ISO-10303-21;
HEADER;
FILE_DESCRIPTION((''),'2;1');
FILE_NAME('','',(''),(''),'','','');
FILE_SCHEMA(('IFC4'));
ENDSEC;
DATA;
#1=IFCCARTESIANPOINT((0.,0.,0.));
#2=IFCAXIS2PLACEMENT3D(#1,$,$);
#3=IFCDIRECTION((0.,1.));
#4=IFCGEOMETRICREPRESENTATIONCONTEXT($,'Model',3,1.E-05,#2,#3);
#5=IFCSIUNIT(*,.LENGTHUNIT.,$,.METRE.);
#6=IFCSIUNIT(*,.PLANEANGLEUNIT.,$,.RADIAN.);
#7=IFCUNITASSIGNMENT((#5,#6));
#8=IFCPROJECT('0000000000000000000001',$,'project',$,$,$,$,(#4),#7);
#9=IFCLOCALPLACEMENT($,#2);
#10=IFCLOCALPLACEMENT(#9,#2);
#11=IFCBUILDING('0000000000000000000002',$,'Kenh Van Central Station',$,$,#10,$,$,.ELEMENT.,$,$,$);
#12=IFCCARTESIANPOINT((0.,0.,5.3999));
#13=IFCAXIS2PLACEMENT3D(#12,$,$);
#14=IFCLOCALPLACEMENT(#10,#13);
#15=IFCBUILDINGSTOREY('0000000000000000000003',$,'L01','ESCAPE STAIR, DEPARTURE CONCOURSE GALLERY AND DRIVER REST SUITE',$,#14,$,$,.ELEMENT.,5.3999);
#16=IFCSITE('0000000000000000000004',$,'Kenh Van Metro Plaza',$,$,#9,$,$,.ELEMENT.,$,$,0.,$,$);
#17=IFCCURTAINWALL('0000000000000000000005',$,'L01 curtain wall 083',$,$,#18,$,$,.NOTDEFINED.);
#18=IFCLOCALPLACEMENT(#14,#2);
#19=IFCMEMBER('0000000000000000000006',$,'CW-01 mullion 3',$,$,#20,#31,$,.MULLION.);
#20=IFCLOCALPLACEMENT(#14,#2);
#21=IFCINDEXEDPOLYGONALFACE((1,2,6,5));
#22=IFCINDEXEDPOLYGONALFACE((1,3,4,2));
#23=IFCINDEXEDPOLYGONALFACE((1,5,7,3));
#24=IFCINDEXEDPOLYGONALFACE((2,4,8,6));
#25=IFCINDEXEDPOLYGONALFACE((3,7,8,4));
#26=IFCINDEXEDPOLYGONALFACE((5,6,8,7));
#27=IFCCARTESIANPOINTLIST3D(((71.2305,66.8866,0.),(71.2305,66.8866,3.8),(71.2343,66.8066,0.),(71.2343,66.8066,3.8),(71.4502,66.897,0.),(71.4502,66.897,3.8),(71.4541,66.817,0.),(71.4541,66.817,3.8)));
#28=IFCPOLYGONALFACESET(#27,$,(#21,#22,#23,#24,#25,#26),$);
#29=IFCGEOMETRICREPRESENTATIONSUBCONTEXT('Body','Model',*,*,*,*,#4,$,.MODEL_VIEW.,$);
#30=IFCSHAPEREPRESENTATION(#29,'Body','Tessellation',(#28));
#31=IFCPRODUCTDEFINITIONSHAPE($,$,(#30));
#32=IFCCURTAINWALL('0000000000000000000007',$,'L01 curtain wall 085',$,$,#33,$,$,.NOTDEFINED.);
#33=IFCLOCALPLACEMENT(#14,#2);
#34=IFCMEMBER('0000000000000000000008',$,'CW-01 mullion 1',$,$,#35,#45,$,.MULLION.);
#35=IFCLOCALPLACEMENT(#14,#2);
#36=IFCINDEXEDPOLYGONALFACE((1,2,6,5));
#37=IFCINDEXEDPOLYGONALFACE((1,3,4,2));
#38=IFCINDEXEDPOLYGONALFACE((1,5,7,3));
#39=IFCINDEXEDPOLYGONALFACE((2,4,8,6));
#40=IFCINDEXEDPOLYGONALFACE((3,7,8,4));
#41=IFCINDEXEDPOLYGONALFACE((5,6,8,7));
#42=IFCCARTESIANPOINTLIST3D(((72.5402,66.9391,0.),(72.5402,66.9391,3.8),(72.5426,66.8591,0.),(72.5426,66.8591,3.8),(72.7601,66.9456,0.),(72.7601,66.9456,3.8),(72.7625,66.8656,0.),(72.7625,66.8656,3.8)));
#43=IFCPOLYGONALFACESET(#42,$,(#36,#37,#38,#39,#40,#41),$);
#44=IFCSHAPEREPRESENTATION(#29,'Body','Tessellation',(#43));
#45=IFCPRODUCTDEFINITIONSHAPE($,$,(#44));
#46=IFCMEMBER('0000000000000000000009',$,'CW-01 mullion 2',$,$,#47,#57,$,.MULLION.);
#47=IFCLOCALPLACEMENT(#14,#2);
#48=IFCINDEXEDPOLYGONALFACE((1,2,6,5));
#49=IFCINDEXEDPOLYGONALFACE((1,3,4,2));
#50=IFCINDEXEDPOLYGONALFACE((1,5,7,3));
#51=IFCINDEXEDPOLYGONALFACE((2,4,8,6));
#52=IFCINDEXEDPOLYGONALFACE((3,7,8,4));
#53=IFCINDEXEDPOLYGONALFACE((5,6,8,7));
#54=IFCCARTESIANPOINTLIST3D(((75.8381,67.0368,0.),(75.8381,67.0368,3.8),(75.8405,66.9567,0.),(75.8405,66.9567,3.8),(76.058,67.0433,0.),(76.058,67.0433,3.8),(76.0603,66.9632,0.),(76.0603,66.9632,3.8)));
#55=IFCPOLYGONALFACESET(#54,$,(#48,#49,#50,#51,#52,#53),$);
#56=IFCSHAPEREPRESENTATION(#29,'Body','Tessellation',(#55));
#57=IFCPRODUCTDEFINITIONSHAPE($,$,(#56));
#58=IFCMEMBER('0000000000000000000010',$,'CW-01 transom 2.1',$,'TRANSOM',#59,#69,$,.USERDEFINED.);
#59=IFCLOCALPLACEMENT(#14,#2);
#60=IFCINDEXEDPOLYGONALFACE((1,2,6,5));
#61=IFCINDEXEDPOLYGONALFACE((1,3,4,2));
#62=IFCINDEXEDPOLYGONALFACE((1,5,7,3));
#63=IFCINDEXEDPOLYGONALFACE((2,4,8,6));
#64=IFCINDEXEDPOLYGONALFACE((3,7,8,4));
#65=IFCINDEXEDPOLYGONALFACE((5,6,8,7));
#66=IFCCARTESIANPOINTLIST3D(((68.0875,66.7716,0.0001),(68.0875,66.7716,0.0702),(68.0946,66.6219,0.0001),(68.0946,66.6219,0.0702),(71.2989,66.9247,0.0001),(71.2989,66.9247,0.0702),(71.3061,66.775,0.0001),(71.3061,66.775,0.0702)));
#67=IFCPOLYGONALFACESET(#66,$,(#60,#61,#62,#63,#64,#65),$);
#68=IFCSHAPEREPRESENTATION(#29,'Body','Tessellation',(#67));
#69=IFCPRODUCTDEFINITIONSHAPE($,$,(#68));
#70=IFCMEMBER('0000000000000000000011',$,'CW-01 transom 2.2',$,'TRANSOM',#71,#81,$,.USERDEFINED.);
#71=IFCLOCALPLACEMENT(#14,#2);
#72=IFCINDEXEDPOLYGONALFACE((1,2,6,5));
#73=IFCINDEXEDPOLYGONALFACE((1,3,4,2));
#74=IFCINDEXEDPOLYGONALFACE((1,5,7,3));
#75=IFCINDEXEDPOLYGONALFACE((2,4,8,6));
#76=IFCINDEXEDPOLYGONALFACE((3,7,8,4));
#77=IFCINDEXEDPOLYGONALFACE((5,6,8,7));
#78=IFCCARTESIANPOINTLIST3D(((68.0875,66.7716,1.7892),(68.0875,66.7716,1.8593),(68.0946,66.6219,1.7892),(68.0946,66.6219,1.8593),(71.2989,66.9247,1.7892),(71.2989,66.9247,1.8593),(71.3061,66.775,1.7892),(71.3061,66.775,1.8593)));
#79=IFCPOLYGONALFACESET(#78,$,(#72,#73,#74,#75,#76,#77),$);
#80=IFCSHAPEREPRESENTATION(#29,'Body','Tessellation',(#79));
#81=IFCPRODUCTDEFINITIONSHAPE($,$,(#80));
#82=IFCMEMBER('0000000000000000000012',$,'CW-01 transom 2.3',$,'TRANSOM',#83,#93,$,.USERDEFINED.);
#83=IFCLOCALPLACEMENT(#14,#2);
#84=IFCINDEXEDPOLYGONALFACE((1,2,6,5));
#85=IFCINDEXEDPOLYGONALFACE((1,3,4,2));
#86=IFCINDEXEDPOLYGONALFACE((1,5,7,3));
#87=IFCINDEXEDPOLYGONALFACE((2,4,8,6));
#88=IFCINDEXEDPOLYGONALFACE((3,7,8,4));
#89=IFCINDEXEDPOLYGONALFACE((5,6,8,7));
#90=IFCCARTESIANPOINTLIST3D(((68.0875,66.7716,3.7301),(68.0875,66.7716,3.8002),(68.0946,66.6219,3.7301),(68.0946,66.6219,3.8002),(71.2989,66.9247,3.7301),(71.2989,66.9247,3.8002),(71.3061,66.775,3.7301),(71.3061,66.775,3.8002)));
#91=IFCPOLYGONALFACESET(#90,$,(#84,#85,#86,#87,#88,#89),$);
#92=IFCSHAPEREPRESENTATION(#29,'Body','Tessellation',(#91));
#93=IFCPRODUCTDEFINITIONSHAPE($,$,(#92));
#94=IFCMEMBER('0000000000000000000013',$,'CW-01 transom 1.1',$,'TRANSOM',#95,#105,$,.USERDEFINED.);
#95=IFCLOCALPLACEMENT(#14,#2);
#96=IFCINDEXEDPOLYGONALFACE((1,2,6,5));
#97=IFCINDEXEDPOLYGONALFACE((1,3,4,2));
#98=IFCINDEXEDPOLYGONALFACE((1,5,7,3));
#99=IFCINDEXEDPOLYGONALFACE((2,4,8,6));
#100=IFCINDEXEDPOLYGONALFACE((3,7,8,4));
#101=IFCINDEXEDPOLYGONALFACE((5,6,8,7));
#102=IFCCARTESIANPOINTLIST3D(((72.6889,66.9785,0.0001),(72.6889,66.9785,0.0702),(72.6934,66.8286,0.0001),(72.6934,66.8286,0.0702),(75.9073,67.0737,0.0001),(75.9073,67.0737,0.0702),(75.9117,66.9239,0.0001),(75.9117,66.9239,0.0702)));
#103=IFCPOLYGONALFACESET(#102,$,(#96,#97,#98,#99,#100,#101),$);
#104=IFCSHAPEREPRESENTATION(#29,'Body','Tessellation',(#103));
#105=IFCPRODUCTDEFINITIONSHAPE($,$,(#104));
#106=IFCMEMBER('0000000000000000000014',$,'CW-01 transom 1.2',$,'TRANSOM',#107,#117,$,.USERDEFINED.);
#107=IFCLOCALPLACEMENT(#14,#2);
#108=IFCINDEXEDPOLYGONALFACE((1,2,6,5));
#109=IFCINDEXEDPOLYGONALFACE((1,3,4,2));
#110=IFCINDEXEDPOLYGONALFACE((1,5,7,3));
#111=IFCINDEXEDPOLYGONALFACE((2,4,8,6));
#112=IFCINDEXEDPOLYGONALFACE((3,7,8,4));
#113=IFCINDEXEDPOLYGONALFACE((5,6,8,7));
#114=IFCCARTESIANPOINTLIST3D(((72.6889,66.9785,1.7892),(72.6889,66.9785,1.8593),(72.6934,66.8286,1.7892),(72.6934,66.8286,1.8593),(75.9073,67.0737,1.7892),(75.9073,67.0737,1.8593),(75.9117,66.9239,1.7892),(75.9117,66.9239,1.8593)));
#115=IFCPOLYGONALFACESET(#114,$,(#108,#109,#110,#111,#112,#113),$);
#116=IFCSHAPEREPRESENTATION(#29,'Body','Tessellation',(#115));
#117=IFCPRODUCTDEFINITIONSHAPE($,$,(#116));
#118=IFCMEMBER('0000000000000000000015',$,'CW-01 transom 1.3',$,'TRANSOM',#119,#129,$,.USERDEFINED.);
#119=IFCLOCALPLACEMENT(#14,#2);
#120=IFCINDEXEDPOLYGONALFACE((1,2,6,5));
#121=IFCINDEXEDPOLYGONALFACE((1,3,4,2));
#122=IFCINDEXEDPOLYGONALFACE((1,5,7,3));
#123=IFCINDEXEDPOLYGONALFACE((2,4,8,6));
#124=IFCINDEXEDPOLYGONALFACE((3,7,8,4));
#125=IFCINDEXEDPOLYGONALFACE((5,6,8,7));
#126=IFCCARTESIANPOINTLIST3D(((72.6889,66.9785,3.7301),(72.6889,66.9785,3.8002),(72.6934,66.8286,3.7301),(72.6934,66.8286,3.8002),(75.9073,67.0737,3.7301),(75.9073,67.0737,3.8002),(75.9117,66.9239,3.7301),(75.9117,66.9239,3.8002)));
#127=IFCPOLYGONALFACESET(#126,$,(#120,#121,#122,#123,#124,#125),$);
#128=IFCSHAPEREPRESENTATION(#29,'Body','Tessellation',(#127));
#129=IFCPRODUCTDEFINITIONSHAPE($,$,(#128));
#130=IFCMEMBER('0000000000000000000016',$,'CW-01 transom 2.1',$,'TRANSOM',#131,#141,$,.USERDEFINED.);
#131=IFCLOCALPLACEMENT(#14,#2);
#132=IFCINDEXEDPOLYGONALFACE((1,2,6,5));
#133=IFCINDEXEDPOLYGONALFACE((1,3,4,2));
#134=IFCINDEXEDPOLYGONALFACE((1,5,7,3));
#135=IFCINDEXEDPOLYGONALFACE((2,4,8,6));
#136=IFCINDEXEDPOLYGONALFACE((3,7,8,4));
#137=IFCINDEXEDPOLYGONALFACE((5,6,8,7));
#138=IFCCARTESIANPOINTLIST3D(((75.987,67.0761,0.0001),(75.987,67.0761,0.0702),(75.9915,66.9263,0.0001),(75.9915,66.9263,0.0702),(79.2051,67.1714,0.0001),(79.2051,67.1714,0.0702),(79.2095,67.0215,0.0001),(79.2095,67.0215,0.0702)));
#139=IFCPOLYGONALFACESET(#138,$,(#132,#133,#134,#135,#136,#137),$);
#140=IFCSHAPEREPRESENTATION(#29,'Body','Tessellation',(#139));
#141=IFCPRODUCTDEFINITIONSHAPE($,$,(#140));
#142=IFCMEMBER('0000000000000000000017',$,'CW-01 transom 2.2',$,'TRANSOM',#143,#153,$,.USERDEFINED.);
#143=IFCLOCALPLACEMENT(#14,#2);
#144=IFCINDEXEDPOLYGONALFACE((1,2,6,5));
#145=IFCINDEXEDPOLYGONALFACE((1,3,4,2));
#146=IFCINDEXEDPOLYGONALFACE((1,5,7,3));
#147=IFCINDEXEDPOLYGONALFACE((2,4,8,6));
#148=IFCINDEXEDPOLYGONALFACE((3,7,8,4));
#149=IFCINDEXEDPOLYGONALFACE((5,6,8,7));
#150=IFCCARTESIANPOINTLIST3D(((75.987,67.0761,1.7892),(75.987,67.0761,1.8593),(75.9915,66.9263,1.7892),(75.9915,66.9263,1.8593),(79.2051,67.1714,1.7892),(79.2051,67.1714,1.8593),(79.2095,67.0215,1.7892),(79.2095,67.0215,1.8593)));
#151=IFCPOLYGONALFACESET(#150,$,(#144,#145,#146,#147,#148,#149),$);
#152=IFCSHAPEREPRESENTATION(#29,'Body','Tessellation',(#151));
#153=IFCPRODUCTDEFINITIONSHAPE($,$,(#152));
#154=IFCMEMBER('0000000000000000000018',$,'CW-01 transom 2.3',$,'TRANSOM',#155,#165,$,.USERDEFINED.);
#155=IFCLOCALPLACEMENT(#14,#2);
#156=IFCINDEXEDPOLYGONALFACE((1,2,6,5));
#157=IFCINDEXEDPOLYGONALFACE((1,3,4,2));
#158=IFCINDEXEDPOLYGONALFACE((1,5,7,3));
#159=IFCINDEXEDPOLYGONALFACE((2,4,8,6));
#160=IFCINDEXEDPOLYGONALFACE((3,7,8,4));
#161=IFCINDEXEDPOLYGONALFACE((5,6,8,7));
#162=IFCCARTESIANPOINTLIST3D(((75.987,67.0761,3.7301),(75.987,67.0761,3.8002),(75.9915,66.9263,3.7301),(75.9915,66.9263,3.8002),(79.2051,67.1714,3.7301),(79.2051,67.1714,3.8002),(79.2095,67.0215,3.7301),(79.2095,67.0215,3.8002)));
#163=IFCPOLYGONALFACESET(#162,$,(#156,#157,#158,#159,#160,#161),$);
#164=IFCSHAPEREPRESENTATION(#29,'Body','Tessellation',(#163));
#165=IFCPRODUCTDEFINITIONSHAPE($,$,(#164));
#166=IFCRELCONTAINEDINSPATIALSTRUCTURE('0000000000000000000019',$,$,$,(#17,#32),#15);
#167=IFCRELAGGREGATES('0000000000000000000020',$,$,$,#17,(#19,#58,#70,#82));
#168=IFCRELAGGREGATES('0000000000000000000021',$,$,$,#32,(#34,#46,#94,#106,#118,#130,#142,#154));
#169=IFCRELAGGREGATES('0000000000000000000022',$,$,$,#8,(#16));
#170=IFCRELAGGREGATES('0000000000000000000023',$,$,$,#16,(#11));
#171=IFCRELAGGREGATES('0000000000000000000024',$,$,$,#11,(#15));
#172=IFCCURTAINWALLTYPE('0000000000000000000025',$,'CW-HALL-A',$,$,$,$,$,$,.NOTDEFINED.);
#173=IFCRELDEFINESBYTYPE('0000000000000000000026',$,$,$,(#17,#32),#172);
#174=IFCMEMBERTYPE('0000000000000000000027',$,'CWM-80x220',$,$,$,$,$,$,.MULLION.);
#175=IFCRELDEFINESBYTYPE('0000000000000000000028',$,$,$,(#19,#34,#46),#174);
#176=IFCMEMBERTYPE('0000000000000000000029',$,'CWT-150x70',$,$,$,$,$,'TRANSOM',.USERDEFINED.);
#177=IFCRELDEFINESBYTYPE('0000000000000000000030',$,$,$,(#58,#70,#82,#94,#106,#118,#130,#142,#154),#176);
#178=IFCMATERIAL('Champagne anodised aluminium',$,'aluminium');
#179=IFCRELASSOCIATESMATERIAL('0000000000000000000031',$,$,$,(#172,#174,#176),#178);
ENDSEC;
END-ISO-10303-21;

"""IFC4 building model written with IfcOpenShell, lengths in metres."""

from ifc_helpers import new_model, si_unit, direction, frame, origin, origin_2d, place, context, subcontext, project, spatial, rectangle, extrude, material, material_profile, profile_set, type_object, element, aggregate, save


model = new_model("IFC4")

# Units and contexts
model_context = context("Model", 3, precision=1e-05, world=origin(), true_north=direction((0.0, 1.0)))
body_context = subcontext(model_context, "Body", "Model", "MODEL_VIEW")
ifc_project = project(units=[si_unit("LENGTHUNIT", "METRE"), si_unit("PLANEANGLEUNIT", "RADIAN")], contexts=[model_context])

# Site, building, storey
site_placement = place(None, origin())
site = spatial("IfcSite", under=ifc_project, at=site_placement, Name="Kenh Van Metro Plaza", CompositionType="ELEMENT", RefElevation=0.0)
building_placement = place(site_placement, origin())
building = spatial("IfcBuilding", under=site, at=building_placement, Name="Kenh Van Central Station", CompositionType="ELEMENT")
storey_placement = place(building_placement, frame((0.0, 0.0, 5.3999)))
storey = spatial("IfcBuildingStorey", under=building, at=storey_placement, Name="L01", Description="ESCAPE STAIR, DEPARTURE CONCOURSE GALLERY AND DRIVER REST SUITE", CompositionType="ELEMENT", Elevation=5.3999)

# Curtain walls, members
ifc_material_1 = material(Name="Champagne anodised aluminium", Category="aluminium")
curtain_wall_type = type_object("IfcCurtainWallType", Name="CW-HALL-A", PredefinedType="NOTDEFINED", material=ifc_material_1)
curtain_wall_1_placement = place(storey_placement, origin())
curtain_wall_1 = element("IfcCurtainWall", 1, at=curtain_wall_1_placement, inside=storey, type_object=curtain_wall_type, Name="L01 curtain wall 083", PredefinedType="NOTDEFINED")
ifc_material_profile_1 = material_profile(ifc_material_1, rectangle(XDim=0.0801, YDim=0.22, at=origin_2d()), Name="AL 80x220")
ifc_profile_set_1 = profile_set([ifc_material_profile_1], Name="Champagne anodised aluminium")
member_type_1 = type_object("IfcMemberType", Name="CWM-80x220", PredefinedType="MULLION", material=ifc_profile_set_1)
member_1_placement = place(storey_placement, frame((71.3423, 66.8518, 0.0), z_axis=(0.0, 0.0, 1.0), x_axis=(-0.047601, 0.998866, 0.0)))
member_1 = element("IfcMember", 2, at=member_1_placement, type_object=member_type_1, Name="CW-01 mullion 3", PredefinedType="MULLION", context=body_context, shape_type="SweptSolid", body=[
    extrude(rectangle(XDim=0.0801, YDim=0.22, at=origin_2d()), origin(), (0.0, 0.0, 1.0), 3.8),
])
curtain_wall_2_placement = place(storey_placement, origin())
curtain_wall_2 = element("IfcCurtainWall", 3, at=curtain_wall_2_placement, inside=storey, type_object=curtain_wall_type, Name="L01 curtain wall 085", PredefinedType="NOTDEFINED")
member_2_placement = place(storey_placement, frame((72.6514, 66.9023, 0.0), z_axis=(0.0, 0.0, 1.0), x_axis=(-0.029571, 0.999563, 0.0)))
member_2 = element("IfcMember", 4, at=member_2_placement, type_object=member_type_1, Name="CW-01 mullion 1", PredefinedType="MULLION", context=body_context, shape_type="SweptSolid", body=[
    extrude(rectangle(XDim=0.0801, YDim=0.22, at=origin_2d()), origin(), (0.0, 0.0, 1.0), 3.8),
])
member_3_placement = place(storey_placement, frame((75.9492, 67.0, 0.0), z_axis=(0.0, 0.0, 1.0), x_axis=(-0.029571, 0.999563, 0.0)))
member_3 = element("IfcMember", 5, at=member_3_placement, type_object=member_type_1, Name="CW-01 mullion 2", PredefinedType="MULLION", context=body_context, shape_type="SweptSolid", body=[
    extrude(rectangle(XDim=0.0801, YDim=0.22, at=origin_2d()), origin(), (0.0, 0.0, 1.0), 3.8),
])

# Members
ifc_material_profile_2 = material_profile(ifc_material_1, rectangle(XDim=0.1499, YDim=0.0701, at=origin_2d()), Name="AL 150x70")
ifc_profile_set_2 = profile_set([ifc_material_profile_2], Name="Champagne anodised aluminium")
member_type_2 = type_object("IfcMemberType", Name="CWT-150x70", ElementType="TRANSOM", PredefinedType="USERDEFINED", material=ifc_profile_set_2)
member_4_placement = place(storey_placement, frame((68.0911, 66.6968, 0.0352), z_axis=(0.998866, 0.047612, 0.0), x_axis=(-0.047612, 0.998866, 0.0)))
member_4 = element("IfcMember", 6, at=member_4_placement, type_object=member_type_2, Name="CW-01 transom 2.1", ObjectType="TRANSOM", PredefinedType="USERDEFINED", context=body_context, shape_type="SweptSolid", body=[
    extrude(rectangle(XDim=0.1499, YDim=0.0701, at=origin_2d()), origin(), (0.0, 0.0, 1.0), 3.2151),
])
member_5_placement = place(storey_placement, frame((68.0911, 66.6968, 1.8242), z_axis=(0.998866, 0.047612, 0.0), x_axis=(-0.047612, 0.998866, 0.0)))
member_5 = element("IfcMember", 7, at=member_5_placement, type_object=member_type_2, Name="CW-01 transom 2.2", ObjectType="TRANSOM", PredefinedType="USERDEFINED", context=body_context, shape_type="SweptSolid", body=[
    extrude(rectangle(XDim=0.1499, YDim=0.0701, at=origin_2d()), origin(), (0.0, 0.0, 1.0), 3.2151),
])
member_6_placement = place(storey_placement, frame((68.0911, 66.6968, 3.7651), z_axis=(0.998866, 0.047612, 0.0), x_axis=(-0.047612, 0.998866, 0.0)))
member_6 = element("IfcMember", 8, at=member_6_placement, type_object=member_type_2, Name="CW-01 transom 2.3", ObjectType="TRANSOM", PredefinedType="USERDEFINED", context=body_context, shape_type="SweptSolid", body=[
    extrude(rectangle(XDim=0.1499, YDim=0.0701, at=origin_2d()), origin(), (0.0, 0.0, 1.0), 3.2151),
])
member_7_placement = place(storey_placement, frame((72.6912, 66.9036, 0.0352), z_axis=(0.999563, 0.029573, 0.0), x_axis=(-0.029573, 0.999563, 0.0)))
member_7 = element("IfcMember", 9, at=member_7_placement, type_object=member_type_2, Name="CW-01 transom 1.1", ObjectType="TRANSOM", PredefinedType="USERDEFINED", context=body_context, shape_type="SweptSolid", body=[
    extrude(rectangle(XDim=0.1499, YDim=0.0701, at=origin_2d()), origin(), (0.0, 0.0, 1.0), 3.2197),
])
member_8_placement = place(storey_placement, frame((72.6912, 66.9036, 1.8242), z_axis=(0.999563, 0.029573, 0.0), x_axis=(-0.029573, 0.999563, 0.0)))
member_8 = element("IfcMember", 10, at=member_8_placement, type_object=member_type_2, Name="CW-01 transom 1.2", ObjectType="TRANSOM", PredefinedType="USERDEFINED", context=body_context, shape_type="SweptSolid", body=[
    extrude(rectangle(XDim=0.1499, YDim=0.0701, at=origin_2d()), origin(), (0.0, 0.0, 1.0), 3.2197),
])
member_9_placement = place(storey_placement, frame((72.6912, 66.9036, 3.7651), z_axis=(0.999563, 0.029573, 0.0), x_axis=(-0.029573, 0.999563, 0.0)))
member_9 = element("IfcMember", 11, at=member_9_placement, type_object=member_type_2, Name="CW-01 transom 1.3", ObjectType="TRANSOM", PredefinedType="USERDEFINED", context=body_context, shape_type="SweptSolid", body=[
    extrude(rectangle(XDim=0.1499, YDim=0.0701, at=origin_2d()), origin(), (0.0, 0.0, 1.0), 3.2197),
])
member_10_placement = place(storey_placement, frame((75.9893, 67.0012, 0.0352), z_axis=(0.999563, 0.029575, 0.0), x_axis=(-0.029575, 0.999563, 0.0)))
member_10 = element("IfcMember", 12, at=member_10_placement, type_object=member_type_2, Name="CW-01 transom 2.1", ObjectType="TRANSOM", PredefinedType="USERDEFINED", context=body_context, shape_type="SweptSolid", body=[
    extrude(rectangle(XDim=0.1499, YDim=0.0701, at=origin_2d()), origin(), (0.0, 0.0, 1.0), 3.2195),
])
member_11_placement = place(storey_placement, frame((75.9893, 67.0012, 1.8242), z_axis=(0.999563, 0.029575, 0.0), x_axis=(-0.029575, 0.999563, 0.0)))
member_11 = element("IfcMember", 13, at=member_11_placement, type_object=member_type_2, Name="CW-01 transom 2.2", ObjectType="TRANSOM", PredefinedType="USERDEFINED", context=body_context, shape_type="SweptSolid", body=[
    extrude(rectangle(XDim=0.1499, YDim=0.0701, at=origin_2d()), origin(), (0.0, 0.0, 1.0), 3.2195),
])
member_12_placement = place(storey_placement, frame((75.9893, 67.0012, 3.7651), z_axis=(0.999563, 0.029575, 0.0), x_axis=(-0.029575, 0.999563, 0.0)))
member_12 = element("IfcMember", 14, at=member_12_placement, type_object=member_type_2, Name="CW-01 transom 2.3", ObjectType="TRANSOM", PredefinedType="USERDEFINED", context=body_context, shape_type="SweptSolid", body=[
    extrude(rectangle(XDim=0.1499, YDim=0.0701, at=origin_2d()), origin(), (0.0, 0.0, 1.0), 3.2195),
])

aggregate(curtain_wall_1, [member_1, member_4, member_5, member_6])
aggregate(curtain_wall_2, [member_2, member_3, member_7, member_8, member_9, member_10, member_11, member_12])

save(model, "model.ifc")
